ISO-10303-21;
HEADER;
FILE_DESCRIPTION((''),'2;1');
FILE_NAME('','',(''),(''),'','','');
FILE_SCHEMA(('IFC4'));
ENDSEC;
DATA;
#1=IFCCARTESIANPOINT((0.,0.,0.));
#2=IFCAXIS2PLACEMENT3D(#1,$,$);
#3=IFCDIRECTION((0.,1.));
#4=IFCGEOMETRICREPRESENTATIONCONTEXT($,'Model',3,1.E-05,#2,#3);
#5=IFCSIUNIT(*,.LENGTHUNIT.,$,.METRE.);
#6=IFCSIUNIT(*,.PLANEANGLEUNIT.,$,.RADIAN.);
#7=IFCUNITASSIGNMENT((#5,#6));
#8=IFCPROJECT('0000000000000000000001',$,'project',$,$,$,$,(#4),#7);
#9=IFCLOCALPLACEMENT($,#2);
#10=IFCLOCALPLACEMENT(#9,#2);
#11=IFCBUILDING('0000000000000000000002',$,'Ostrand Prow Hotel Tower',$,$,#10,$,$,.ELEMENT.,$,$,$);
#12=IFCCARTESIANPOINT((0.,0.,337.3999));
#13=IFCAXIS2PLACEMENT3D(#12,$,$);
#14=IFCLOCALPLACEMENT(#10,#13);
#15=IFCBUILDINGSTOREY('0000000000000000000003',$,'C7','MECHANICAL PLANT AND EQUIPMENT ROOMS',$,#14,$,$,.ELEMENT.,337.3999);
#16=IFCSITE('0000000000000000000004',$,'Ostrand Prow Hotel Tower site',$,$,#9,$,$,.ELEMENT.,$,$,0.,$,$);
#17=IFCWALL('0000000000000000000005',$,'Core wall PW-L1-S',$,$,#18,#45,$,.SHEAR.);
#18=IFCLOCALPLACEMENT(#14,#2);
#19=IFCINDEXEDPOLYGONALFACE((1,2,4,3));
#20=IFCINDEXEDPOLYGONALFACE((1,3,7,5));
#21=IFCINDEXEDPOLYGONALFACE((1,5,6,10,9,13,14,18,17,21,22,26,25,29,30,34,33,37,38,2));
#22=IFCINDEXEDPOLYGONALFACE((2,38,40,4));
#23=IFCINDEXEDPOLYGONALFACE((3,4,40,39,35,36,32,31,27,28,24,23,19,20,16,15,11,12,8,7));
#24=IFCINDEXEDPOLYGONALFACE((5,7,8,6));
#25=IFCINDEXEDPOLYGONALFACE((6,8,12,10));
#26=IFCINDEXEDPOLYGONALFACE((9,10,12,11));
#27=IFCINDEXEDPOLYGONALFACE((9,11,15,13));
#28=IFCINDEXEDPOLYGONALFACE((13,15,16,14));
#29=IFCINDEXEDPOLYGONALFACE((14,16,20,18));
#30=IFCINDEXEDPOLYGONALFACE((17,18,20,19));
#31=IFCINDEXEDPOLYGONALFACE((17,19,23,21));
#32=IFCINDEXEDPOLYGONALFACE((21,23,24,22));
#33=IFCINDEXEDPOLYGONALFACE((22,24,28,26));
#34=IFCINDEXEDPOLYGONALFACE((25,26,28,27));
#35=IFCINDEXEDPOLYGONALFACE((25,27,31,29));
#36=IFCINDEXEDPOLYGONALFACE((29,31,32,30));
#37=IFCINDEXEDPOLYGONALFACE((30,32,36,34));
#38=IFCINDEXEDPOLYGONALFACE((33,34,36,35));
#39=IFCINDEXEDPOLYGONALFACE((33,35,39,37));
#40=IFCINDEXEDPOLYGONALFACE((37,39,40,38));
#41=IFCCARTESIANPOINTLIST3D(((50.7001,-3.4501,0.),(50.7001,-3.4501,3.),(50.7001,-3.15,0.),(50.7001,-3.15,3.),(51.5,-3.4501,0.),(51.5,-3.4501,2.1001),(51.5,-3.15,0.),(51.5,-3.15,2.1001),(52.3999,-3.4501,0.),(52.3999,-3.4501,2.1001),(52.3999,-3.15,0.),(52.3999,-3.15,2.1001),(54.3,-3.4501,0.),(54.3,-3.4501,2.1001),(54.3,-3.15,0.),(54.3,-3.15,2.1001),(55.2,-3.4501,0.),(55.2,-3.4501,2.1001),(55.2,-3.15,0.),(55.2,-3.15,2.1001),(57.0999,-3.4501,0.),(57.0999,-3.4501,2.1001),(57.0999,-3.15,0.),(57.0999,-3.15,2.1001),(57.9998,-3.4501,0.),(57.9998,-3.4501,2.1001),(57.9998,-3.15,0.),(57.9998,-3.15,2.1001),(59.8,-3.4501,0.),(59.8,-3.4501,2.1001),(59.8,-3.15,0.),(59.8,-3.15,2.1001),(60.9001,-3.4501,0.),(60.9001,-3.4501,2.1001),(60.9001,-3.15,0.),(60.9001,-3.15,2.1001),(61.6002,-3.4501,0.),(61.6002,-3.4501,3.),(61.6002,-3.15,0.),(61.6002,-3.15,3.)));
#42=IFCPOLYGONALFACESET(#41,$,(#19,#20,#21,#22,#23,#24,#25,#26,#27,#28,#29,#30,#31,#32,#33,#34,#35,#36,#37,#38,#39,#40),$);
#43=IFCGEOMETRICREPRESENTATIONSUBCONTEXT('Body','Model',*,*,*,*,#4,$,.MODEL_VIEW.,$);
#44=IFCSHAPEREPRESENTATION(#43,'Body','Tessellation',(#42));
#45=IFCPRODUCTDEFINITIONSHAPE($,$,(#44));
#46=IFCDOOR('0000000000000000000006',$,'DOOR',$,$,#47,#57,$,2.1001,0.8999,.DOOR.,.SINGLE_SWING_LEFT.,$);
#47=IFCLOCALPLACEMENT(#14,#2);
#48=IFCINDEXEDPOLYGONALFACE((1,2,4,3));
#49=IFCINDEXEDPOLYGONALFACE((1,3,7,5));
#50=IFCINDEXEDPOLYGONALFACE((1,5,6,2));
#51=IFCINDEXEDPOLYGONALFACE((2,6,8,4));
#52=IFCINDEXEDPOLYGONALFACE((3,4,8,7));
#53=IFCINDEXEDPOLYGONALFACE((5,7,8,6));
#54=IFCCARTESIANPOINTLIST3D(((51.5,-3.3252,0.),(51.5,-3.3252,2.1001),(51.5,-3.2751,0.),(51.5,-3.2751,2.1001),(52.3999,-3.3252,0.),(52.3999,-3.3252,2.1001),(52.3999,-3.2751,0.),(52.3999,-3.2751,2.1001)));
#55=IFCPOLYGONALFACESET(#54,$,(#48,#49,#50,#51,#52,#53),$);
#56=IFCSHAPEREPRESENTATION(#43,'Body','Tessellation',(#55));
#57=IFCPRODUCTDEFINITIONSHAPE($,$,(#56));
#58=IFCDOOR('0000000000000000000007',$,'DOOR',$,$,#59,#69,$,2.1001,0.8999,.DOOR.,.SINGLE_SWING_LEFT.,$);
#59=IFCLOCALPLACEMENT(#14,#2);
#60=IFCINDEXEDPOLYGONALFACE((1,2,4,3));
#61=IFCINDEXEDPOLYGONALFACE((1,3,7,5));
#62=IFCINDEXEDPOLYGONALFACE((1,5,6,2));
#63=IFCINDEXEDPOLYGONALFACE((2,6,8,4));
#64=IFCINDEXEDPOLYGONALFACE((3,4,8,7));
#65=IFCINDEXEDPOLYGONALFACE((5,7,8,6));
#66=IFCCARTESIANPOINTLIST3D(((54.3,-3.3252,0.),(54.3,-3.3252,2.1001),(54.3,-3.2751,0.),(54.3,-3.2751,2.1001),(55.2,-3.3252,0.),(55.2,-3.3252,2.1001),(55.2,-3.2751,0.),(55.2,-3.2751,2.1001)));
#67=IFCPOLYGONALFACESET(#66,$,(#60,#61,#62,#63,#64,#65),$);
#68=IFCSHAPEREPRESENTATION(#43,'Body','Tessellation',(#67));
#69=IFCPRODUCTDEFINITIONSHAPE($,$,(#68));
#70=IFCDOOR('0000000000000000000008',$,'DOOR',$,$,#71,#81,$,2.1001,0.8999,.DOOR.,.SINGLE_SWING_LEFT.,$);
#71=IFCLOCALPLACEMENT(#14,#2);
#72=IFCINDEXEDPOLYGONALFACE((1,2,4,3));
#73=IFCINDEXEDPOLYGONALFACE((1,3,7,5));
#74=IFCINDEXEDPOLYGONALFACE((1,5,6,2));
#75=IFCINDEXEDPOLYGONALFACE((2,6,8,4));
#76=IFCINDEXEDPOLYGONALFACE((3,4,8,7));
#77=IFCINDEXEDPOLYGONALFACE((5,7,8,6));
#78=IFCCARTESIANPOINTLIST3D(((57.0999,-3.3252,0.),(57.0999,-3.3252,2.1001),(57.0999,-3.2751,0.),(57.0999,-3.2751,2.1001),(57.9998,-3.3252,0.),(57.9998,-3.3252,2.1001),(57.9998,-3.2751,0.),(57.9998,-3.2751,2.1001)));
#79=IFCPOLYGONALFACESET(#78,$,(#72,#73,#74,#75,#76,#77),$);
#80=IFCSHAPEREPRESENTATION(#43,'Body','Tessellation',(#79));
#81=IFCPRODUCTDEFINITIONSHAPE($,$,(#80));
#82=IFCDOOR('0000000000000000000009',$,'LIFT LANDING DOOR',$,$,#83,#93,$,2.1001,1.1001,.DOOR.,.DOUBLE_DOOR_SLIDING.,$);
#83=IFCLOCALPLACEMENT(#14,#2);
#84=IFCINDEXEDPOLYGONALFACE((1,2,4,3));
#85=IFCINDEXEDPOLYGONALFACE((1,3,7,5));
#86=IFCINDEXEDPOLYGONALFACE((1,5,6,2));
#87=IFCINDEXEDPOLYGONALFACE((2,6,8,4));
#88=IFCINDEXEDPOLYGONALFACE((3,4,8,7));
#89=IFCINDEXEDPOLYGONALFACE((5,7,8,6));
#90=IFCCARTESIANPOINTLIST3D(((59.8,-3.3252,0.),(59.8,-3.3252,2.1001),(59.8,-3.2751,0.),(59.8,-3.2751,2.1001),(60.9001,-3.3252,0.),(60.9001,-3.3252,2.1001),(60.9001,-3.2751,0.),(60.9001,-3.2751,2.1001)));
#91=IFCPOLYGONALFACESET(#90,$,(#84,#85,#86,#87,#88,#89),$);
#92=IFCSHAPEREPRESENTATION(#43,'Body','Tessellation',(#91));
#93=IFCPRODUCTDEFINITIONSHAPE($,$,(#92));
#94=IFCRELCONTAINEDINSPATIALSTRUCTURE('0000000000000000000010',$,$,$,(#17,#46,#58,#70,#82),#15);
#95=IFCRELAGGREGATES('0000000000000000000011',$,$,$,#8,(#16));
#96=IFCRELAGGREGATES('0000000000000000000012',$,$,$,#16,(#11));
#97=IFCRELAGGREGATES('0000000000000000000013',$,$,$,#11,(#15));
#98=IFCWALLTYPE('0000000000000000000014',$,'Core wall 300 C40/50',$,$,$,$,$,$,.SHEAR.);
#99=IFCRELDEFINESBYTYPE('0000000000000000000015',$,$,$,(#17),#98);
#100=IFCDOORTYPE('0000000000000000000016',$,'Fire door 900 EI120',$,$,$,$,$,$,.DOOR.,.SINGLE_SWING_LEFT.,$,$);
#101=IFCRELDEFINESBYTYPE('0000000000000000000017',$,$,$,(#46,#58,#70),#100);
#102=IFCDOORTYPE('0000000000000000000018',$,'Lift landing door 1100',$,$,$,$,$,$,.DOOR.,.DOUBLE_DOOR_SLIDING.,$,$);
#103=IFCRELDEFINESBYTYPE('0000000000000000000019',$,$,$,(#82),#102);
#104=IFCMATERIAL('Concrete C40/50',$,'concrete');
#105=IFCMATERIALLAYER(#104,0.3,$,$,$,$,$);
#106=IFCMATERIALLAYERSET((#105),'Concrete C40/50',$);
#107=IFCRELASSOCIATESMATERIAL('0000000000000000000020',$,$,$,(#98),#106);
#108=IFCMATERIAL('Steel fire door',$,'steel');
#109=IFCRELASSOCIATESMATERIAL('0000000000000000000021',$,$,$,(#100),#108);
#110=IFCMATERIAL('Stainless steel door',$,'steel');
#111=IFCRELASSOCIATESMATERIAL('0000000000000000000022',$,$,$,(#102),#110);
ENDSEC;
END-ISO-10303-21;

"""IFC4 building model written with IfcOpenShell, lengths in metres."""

from ifc_helpers import new_model, si_unit, direction, frame, frame_2d, origin, place, context, subcontext, project, spatial, rectangle, extrude, material, layer, layer_set, type_object, element, fill, save


model = new_model("IFC4")

# Units and contexts
model_context = context("Model", 3, precision=1e-05, world=origin(), true_north=direction((0.0, 1.0)))
body_context = subcontext(model_context, "Body", "Model", "MODEL_VIEW")
ifc_project = project(units=[si_unit("LENGTHUNIT", "METRE"), si_unit("PLANEANGLEUNIT", "RADIAN")], contexts=[model_context])

# Site, building, storey
site_placement = place(None, origin())
site = spatial("IfcSite", under=ifc_project, at=site_placement, Name="Ostrand Prow Hotel Tower site", CompositionType="ELEMENT", RefElevation=0.0)
building_placement = place(site_placement, origin())
building = spatial("IfcBuilding", under=site, at=building_placement, Name="Ostrand Prow Hotel Tower", CompositionType="ELEMENT")
storey_placement = place(building_placement, frame((0.0, 0.0, 337.3999)))
storey = spatial("IfcBuildingStorey", under=building, at=storey_placement, Name="C7", Description="MECHANICAL PLANT AND EQUIPMENT ROOMS", CompositionType="ELEMENT", Elevation=337.3999)

# Wall, openings, doors
ifc_material_1 = material(Name="Concrete C40/50", Category="concrete")
ifc_layer_1 = layer(ifc_material_1, 0.3)
ifc_layer_set_1 = layer_set([ifc_layer_1], Name="Concrete C40/50")
wall_type_1 = type_object("IfcWallType", Name="Core wall 300 C40/50", PredefinedType="SHEAR", material=ifc_layer_set_1)
wall_1_placement = place(storey_placement, frame((50.7, -3.3, 0.0), z_axis=(0.0, 0.0, 1.0), x_axis=(1.0, 0.0, 0.0)))
wall_1 = element("IfcWall", 1, at=wall_1_placement, inside=storey, type_object=wall_type_1, Name="Core wall PW-L1-S", PredefinedType="SHEAR", context=body_context, shape_type="SweptSolid", body=[
    extrude(rectangle(XDim=10.9001, YDim=0.3, at=frame_2d((5.4502, 0.0))), origin(), (0.0, 0.0, 1.0), 3.0),
])
opening_1_placement = place(wall_1_placement, frame((9.1001, 0.0, 0.0)))
opening_1 = element("IfcOpeningElement", 2, at=opening_1_placement, cuts=wall_1, PredefinedType="OPENING", context=body_context, shape_type="SweptSolid", body=[
    extrude(rectangle(XDim=1.1001, YDim=2.1001, at=frame_2d((0.55, 1.05))), frame((0.0, 0.1599, 0.0), z_axis=(0.0, -1.0, 0.0), x_axis=(1.0, 0.0, 0.0)), (0.0, 0.0, 1.0), 0.3201),
])
opening_2_placement = place(wall_1_placement, frame((0.8, 0.0, 0.0)))
opening_2 = element("IfcOpeningElement", 3, at=opening_2_placement, cuts=wall_1, PredefinedType="OPENING", context=body_context, shape_type="SweptSolid", body=[
    extrude(rectangle(XDim=0.8999, YDim=2.1001, at=frame_2d((0.45, 1.05))), frame((0.0, 0.1599, 0.0), z_axis=(0.0, -1.0, 0.0), x_axis=(1.0, 0.0, 0.0)), (0.0, 0.0, 1.0), 0.3201),
])
opening_3_placement = place(wall_1_placement, frame((3.6001, 0.0, 0.0)))
opening_3 = element("IfcOpeningElement", 4, at=opening_3_placement, cuts=wall_1, PredefinedType="OPENING", context=body_context, shape_type="SweptSolid", body=[
    extrude(rectangle(XDim=0.8999, YDim=2.1001, at=frame_2d((0.45, 1.05))), frame((0.0, 0.1599, 0.0), z_axis=(0.0, -1.0, 0.0), x_axis=(1.0, 0.0, 0.0)), (0.0, 0.0, 1.0), 0.3201),
])
opening_4_placement = place(wall_1_placement, frame((6.3999, 0.0, 0.0)))
opening_4 = element("IfcOpeningElement", 5, at=opening_4_placement, cuts=wall_1, PredefinedType="OPENING", context=body_context, shape_type="SweptSolid", body=[
    extrude(rectangle(XDim=0.8999, YDim=2.1001, at=frame_2d((0.45, 1.05))), frame((0.0, 0.1599, 0.0), z_axis=(0.0, -1.0, 0.0), x_axis=(1.0, 0.0, 0.0)), (0.0, 0.0, 1.0), 0.3201),
])
ifc_material_2 = material(Name="Steel fire door", Category="steel")
door_type_1 = type_object("IfcDoorType", Name="Fire door 900 EI120", OperationType="SINGLE_SWING_LEFT", PredefinedType="DOOR", material=ifc_material_2)
door_1_placement = place(opening_2_placement, origin())
door_1 = element("IfcDoor", 6, at=door_1_placement, inside=storey, type_object=door_type_1, Name="DOOR", OperationType="SINGLE_SWING_LEFT", OverallHeight=2.1001, OverallWidth=0.8999, PredefinedType="DOOR", context=body_context, shape_type="SweptSolid", body=[
    extrude(rectangle(XDim=0.8999, YDim=2.1001, at=frame_2d((0.45, 1.05))), frame((0.0, 0.0249, 0.0), z_axis=(0.0, -1.0, 0.0), x_axis=(1.0, 0.0, 0.0)), (0.0, 0.0, 1.0), 0.05),
])
fill(opening_2, door_1)
door_2_placement = place(opening_3_placement, origin())
door_2 = element("IfcDoor", 7, at=door_2_placement, inside=storey, type_object=door_type_1, Name="DOOR", OperationType="SINGLE_SWING_LEFT", OverallHeight=2.1001, OverallWidth=0.8999, PredefinedType="DOOR", context=body_context, shape_type="SweptSolid", body=[
    extrude(rectangle(XDim=0.8999, YDim=2.1001, at=frame_2d((0.45, 1.05))), frame((0.0, 0.0249, 0.0), z_axis=(0.0, -1.0, 0.0), x_axis=(1.0, 0.0, 0.0)), (0.0, 0.0, 1.0), 0.05),
])
fill(opening_3, door_2)
door_3_placement = place(opening_4_placement, origin())
door_3 = element("IfcDoor", 8, at=door_3_placement, inside=storey, type_object=door_type_1, Name="DOOR", OperationType="SINGLE_SWING_LEFT", OverallHeight=2.1001, OverallWidth=0.8999, PredefinedType="DOOR", context=body_context, shape_type="SweptSolid", body=[
    extrude(rectangle(XDim=0.8999, YDim=2.1001, at=frame_2d((0.45, 1.05))), frame((0.0, 0.0249, 0.0), z_axis=(0.0, -1.0, 0.0), x_axis=(1.0, 0.0, 0.0)), (0.0, 0.0, 1.0), 0.05),
])
fill(opening_4, door_3)
ifc_material_3 = material(Name="Stainless steel door", Category="steel")
door_type_2 = type_object("IfcDoorType", Name="Lift landing door 1100", OperationType="DOUBLE_DOOR_SLIDING", PredefinedType="DOOR", material=ifc_material_3)
door_4_placement = place(opening_1_placement, origin())
door_4 = element("IfcDoor", 9, at=door_4_placement, inside=storey, type_object=door_type_2, Name="LIFT LANDING DOOR", OperationType="DOUBLE_DOOR_SLIDING", OverallHeight=2.1001, OverallWidth=1.1001, PredefinedType="DOOR", context=body_context, shape_type="SweptSolid", body=[
    extrude(rectangle(XDim=1.1001, YDim=2.1001, at=frame_2d((0.55, 1.05))), frame((0.0, 0.0249, 0.0), z_axis=(0.0, -1.0, 0.0), x_axis=(1.0, 0.0, 0.0)), (0.0, 0.0, 1.0), 0.05),
])
fill(opening_1, door_4)

save(model, "model.ifc")
